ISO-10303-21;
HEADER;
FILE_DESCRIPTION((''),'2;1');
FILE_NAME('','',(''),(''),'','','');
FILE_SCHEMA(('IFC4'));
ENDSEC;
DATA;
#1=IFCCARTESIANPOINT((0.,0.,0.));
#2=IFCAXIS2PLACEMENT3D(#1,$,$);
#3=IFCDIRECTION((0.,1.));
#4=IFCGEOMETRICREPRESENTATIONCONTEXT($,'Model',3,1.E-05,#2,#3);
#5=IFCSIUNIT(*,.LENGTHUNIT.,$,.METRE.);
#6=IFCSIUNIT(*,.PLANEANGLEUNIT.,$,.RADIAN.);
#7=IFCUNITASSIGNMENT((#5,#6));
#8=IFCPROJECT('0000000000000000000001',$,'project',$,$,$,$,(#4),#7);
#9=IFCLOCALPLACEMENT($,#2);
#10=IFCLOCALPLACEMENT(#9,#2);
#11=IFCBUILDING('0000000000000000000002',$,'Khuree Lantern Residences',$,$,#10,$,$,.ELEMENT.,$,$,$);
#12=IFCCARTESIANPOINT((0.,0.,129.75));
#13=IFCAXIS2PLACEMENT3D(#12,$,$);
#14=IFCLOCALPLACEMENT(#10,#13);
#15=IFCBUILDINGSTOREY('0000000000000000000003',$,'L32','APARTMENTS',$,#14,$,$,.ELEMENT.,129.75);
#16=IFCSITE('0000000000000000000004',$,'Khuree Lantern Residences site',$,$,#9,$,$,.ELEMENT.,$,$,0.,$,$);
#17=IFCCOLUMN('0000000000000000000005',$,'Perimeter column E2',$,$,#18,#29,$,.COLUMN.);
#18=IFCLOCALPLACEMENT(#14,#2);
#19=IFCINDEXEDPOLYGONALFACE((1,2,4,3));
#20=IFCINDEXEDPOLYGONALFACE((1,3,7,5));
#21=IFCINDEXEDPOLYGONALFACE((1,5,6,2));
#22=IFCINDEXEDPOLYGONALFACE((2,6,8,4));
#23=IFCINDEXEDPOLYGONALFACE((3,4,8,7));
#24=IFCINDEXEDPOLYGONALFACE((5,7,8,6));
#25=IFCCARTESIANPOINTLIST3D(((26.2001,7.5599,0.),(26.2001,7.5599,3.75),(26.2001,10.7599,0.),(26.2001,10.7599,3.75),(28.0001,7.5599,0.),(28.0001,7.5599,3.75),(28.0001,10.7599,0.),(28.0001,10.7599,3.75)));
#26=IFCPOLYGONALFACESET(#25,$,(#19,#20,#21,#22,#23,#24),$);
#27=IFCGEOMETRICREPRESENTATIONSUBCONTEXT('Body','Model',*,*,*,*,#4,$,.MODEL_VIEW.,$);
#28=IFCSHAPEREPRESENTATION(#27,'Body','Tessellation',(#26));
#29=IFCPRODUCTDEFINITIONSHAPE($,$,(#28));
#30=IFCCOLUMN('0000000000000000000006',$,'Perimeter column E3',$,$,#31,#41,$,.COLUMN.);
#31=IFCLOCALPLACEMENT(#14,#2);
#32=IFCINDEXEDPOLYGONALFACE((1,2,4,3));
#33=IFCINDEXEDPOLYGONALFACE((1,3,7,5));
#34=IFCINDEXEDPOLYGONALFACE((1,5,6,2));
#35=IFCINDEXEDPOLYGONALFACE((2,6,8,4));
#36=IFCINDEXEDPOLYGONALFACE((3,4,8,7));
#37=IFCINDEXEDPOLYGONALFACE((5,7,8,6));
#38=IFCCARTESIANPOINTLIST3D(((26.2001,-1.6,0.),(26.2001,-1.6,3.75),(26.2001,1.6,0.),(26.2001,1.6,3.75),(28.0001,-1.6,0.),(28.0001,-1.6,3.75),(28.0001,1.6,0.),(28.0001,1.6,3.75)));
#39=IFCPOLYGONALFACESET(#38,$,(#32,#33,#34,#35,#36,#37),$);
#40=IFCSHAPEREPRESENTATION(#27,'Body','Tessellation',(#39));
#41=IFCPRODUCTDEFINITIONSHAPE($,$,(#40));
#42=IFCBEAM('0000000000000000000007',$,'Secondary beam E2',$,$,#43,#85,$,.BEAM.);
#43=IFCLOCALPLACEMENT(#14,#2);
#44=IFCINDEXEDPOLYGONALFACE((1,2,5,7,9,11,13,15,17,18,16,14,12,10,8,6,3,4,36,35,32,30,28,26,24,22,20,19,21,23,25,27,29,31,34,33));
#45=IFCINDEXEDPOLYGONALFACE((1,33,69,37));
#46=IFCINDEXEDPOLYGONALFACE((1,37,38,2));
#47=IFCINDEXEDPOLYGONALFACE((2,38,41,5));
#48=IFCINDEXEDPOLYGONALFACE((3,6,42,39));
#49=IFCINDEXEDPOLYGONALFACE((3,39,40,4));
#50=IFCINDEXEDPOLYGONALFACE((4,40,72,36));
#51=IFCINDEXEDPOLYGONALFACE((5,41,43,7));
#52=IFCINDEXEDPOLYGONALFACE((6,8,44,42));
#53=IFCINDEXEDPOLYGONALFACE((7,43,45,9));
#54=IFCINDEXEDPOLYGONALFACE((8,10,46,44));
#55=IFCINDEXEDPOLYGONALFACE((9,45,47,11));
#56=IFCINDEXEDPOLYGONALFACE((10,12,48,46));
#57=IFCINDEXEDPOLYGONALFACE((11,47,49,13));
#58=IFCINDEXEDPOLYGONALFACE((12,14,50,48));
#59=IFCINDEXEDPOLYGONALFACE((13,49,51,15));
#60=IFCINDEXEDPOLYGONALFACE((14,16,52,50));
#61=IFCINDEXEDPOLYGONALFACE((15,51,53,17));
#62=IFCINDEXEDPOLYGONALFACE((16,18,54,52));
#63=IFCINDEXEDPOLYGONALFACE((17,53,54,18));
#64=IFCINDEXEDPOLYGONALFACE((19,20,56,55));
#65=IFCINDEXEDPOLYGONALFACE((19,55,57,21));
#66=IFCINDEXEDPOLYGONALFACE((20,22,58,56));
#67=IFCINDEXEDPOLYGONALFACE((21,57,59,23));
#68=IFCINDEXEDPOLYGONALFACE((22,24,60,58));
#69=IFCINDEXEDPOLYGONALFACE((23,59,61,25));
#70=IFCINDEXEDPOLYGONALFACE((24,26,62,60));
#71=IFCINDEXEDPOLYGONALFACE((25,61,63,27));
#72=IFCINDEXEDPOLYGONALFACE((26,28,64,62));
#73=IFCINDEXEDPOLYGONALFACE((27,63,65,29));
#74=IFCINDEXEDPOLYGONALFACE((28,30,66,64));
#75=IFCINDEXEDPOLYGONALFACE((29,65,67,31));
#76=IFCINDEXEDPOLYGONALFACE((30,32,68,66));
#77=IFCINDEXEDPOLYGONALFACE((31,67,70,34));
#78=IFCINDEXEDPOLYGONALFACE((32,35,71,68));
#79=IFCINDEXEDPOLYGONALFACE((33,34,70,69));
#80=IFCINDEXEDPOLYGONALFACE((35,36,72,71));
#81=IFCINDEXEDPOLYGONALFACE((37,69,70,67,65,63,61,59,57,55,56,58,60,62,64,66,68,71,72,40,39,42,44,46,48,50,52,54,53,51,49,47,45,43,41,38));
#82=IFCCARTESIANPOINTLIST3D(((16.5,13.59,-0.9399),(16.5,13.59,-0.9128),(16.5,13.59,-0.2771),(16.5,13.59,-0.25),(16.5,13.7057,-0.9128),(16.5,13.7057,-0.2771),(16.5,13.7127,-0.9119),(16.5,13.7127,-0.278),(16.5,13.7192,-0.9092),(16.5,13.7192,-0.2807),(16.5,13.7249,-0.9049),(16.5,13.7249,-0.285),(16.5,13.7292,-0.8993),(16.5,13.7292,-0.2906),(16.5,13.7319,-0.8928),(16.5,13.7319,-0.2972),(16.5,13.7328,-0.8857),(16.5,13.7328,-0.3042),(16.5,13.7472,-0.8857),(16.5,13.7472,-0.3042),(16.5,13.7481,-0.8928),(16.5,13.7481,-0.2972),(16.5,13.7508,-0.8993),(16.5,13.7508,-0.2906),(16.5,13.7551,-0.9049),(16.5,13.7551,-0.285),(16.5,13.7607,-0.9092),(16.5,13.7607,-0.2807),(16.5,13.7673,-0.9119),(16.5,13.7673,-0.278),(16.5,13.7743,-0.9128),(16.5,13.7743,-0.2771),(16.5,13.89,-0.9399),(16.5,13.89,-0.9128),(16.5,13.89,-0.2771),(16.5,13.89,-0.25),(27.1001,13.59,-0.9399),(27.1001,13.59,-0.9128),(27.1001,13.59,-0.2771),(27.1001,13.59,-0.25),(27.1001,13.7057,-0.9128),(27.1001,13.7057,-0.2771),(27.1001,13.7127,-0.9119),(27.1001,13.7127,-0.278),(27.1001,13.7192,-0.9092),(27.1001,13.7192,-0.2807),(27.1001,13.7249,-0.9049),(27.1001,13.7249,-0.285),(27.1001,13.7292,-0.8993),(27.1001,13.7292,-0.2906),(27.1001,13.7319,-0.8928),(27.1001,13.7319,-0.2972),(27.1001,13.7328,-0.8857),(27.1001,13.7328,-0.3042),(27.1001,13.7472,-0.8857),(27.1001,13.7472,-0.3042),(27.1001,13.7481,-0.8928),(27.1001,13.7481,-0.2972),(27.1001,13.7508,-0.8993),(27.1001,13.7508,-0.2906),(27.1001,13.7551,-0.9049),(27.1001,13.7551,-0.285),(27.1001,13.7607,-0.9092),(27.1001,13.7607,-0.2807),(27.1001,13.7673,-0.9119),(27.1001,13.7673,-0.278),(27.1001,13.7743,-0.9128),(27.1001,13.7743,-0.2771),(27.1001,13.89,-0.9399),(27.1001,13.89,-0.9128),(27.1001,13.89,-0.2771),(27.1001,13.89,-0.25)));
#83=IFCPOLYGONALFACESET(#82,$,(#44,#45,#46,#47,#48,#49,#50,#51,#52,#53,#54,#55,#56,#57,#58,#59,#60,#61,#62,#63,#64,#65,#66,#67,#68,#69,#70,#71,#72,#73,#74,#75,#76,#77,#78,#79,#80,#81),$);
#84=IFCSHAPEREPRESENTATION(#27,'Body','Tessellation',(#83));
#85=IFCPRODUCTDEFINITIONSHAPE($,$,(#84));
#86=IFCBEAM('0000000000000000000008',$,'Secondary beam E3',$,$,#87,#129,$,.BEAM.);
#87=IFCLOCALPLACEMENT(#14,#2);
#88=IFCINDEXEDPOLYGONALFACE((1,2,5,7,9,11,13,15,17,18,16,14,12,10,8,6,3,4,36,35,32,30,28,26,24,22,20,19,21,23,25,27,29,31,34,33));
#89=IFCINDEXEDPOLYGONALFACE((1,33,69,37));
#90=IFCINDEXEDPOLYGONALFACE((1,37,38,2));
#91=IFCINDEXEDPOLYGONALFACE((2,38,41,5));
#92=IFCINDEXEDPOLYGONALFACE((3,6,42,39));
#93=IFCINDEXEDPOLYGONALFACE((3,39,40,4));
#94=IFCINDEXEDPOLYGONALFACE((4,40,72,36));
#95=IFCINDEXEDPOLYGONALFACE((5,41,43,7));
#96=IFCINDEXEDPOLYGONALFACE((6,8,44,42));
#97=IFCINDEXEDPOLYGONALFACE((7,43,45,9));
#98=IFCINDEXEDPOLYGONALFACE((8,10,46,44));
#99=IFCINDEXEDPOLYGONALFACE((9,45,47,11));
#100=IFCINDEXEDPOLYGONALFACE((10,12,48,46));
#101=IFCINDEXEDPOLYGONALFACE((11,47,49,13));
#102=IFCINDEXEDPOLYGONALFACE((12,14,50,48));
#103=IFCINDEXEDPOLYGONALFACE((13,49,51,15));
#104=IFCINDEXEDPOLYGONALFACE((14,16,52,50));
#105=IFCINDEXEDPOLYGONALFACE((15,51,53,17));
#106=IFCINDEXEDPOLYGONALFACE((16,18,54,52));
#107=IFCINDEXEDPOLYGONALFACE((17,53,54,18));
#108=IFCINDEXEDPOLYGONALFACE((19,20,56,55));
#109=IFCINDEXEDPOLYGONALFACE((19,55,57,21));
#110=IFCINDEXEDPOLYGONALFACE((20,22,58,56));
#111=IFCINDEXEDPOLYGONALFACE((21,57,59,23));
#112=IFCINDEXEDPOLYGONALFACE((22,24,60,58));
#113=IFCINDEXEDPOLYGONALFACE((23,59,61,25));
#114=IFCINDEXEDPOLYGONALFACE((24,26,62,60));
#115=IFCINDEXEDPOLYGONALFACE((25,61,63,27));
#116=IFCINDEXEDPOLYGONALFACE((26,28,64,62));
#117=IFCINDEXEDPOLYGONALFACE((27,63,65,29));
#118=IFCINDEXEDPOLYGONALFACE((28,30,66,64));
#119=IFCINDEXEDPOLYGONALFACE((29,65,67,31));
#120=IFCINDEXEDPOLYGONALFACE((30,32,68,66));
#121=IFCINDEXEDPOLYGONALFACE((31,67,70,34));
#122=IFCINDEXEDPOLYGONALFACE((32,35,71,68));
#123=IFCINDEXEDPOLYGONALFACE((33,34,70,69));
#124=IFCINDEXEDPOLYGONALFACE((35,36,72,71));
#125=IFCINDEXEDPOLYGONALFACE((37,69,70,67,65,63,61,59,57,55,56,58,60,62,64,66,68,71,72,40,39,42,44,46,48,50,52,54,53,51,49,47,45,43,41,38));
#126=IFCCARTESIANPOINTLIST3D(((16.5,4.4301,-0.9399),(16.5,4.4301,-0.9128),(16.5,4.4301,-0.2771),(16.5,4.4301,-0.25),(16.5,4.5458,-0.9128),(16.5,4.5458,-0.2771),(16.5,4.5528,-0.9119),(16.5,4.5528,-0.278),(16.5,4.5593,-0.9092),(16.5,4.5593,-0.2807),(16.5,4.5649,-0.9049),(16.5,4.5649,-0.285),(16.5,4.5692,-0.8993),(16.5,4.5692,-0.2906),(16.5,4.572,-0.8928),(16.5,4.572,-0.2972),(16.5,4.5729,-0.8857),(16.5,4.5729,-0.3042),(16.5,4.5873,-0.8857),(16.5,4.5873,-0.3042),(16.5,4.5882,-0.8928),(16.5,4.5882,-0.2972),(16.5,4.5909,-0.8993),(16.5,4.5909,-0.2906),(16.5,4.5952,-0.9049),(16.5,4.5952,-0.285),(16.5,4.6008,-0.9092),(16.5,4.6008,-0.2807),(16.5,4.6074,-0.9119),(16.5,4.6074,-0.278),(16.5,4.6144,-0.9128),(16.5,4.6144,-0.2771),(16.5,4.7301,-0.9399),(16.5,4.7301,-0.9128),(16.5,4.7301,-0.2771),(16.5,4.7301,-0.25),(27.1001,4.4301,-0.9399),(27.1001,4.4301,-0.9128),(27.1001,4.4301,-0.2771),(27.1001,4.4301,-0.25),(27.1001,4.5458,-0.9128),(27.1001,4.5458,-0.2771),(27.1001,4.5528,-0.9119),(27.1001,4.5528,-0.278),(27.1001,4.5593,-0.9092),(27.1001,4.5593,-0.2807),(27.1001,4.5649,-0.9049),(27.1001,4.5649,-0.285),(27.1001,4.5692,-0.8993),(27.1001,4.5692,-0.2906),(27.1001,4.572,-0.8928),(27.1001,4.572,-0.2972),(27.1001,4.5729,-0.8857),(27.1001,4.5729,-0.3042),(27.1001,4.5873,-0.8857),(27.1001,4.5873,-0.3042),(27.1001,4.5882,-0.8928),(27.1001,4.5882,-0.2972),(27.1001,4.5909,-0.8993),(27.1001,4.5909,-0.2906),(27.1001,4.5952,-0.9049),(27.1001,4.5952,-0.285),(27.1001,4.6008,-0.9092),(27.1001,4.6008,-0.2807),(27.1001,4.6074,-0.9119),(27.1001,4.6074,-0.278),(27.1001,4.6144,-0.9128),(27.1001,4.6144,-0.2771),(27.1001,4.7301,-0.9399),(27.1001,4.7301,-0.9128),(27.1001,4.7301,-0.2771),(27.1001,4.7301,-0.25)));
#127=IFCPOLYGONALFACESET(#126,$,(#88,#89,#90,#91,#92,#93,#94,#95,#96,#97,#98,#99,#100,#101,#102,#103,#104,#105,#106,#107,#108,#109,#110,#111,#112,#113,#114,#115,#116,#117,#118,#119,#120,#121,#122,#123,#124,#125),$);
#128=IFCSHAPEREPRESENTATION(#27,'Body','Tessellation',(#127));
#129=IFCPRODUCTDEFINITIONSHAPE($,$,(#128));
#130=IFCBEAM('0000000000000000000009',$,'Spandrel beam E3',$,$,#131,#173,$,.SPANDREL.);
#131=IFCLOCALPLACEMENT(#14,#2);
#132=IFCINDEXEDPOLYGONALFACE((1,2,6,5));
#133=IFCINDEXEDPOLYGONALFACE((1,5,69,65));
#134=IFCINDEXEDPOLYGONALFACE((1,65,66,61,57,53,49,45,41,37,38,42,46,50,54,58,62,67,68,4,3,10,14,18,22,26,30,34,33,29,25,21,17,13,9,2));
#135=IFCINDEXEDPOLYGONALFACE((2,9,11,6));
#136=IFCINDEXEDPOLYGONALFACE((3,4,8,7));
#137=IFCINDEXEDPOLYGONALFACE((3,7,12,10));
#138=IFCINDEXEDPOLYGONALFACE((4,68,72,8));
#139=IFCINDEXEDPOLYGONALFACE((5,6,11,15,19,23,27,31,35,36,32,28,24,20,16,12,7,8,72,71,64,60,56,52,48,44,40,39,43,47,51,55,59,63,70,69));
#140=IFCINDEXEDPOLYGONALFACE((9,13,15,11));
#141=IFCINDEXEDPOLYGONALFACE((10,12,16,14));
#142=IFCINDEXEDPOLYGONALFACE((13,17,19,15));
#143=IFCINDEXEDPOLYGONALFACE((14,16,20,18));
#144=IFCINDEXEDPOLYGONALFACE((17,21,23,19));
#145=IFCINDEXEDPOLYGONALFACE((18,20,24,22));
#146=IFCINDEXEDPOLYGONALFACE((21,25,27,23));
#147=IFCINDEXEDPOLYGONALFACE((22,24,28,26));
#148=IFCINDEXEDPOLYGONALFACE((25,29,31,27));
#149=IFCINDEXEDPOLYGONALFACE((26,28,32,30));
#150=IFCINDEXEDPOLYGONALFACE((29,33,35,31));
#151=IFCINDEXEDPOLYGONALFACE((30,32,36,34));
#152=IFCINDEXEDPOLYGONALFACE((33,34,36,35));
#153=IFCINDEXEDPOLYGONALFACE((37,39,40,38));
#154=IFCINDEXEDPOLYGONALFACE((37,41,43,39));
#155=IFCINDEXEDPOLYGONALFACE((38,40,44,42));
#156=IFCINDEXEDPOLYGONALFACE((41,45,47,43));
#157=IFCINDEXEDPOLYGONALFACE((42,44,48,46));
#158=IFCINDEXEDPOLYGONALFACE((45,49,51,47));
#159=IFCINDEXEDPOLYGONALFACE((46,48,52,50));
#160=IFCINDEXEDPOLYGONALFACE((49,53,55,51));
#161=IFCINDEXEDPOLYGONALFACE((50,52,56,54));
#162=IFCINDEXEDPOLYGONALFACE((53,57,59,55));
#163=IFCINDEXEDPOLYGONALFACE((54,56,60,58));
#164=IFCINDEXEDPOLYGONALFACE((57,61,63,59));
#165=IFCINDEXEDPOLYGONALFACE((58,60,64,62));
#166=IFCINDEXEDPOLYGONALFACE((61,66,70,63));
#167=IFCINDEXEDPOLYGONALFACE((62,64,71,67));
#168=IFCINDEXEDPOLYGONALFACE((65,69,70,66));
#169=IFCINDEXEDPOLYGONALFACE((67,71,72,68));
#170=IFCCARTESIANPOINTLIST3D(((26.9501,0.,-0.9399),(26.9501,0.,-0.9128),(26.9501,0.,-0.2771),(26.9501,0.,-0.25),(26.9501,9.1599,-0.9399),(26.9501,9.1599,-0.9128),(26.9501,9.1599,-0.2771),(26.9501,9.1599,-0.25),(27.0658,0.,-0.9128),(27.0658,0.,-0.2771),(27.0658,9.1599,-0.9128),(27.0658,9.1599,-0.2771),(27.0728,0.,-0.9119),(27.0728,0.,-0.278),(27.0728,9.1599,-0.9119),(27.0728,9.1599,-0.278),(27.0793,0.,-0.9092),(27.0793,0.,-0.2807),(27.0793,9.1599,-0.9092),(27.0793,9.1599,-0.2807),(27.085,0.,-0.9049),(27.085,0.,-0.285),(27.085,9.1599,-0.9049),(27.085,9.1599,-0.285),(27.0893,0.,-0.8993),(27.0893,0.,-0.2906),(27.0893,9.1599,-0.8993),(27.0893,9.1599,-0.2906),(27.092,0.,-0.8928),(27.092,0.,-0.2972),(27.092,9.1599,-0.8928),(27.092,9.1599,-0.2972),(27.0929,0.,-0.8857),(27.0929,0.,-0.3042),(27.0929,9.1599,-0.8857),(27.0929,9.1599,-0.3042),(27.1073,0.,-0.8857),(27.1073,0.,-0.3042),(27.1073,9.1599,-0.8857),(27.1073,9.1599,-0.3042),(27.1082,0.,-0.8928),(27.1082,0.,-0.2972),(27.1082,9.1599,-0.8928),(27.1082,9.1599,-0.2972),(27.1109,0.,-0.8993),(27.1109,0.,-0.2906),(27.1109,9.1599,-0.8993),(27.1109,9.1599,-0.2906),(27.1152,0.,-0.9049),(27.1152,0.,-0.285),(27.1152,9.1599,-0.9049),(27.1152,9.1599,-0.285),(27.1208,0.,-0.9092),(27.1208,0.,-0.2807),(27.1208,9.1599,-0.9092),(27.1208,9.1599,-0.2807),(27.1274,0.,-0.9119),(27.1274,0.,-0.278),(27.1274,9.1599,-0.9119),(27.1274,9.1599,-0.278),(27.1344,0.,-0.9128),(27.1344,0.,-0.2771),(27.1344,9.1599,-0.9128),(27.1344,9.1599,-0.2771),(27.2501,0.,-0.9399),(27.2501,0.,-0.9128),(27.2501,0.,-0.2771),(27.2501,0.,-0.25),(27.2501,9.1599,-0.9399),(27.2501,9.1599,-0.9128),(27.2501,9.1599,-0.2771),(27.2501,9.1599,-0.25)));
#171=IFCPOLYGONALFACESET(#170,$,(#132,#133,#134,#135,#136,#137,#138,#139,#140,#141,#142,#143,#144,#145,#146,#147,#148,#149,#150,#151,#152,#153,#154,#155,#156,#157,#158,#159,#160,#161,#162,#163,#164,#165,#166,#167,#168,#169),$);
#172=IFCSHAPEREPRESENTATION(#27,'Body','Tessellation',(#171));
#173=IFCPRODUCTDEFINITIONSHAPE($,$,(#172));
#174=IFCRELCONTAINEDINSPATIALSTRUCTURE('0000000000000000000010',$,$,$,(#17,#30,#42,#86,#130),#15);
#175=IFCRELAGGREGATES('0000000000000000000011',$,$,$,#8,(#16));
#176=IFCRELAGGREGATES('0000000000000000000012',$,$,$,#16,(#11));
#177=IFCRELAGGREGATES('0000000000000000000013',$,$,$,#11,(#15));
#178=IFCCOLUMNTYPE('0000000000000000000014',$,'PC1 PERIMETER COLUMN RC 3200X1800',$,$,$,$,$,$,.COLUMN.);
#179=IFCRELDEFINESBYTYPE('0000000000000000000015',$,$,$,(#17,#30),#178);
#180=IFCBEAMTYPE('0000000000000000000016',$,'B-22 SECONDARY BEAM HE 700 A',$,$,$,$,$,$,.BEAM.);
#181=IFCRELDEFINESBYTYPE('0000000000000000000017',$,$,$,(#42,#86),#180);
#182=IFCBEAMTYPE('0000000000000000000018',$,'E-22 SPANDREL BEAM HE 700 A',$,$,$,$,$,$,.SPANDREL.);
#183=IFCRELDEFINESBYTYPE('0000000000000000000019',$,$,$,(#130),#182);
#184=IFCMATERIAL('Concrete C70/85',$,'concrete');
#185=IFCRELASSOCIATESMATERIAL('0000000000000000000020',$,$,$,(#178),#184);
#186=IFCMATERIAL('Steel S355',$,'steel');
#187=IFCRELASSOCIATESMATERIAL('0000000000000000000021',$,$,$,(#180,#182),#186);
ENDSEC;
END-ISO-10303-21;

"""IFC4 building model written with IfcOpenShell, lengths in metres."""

from ifc_helpers import new_model, si_unit, direction, frame, origin, origin_2d, place, context, subcontext, project, spatial, rectangle, i_section, extrude, material, material_profile, profile_set, type_object, element, save


model = new_model("IFC4")

# Units and contexts
model_context = context("Model", 3, precision=1e-05, world=origin(), true_north=direction((0.0, 1.0)))
body_context = subcontext(model_context, "Body", "Model", "MODEL_VIEW")
ifc_project = project(units=[si_unit("LENGTHUNIT", "METRE"), si_unit("PLANEANGLEUNIT", "RADIAN")], contexts=[model_context])

# Site, building, storey
site_placement = place(None, origin())
site = spatial("IfcSite", under=ifc_project, at=site_placement, Name="Khuree Lantern Residences site", CompositionType="ELEMENT", RefElevation=0.0)
building_placement = place(site_placement, origin())
building = spatial("IfcBuilding", under=site, at=building_placement, Name="Khuree Lantern Residences", CompositionType="ELEMENT")
storey_placement = place(building_placement, frame((0.0, 0.0, 129.75)))
storey = spatial("IfcBuildingStorey", under=building, at=storey_placement, Name="L32", Description="APARTMENTS", CompositionType="ELEMENT", Elevation=129.75)

# Columns
ifc_material_1 = material(Name="Concrete C70/85", Category="concrete")
ifc_material_profile_1 = material_profile(ifc_material_1, rectangle(XDim=3.2, YDim=1.8, at=origin_2d()), Name="RC 3200X1800")
ifc_profile_set_1 = profile_set([ifc_material_profile_1], Name="Concrete C70/85")
column_type = type_object("IfcColumnType", Name="PC1 PERIMETER COLUMN RC 3200X1800", PredefinedType="COLUMN", material=ifc_profile_set_1)
for number, where, z_axis, x_axis, name in (
    (1, (27.1001, 9.1599, 0.0), (0.0, 0.0, 1.0), (0.0, 1.0, 0.0), "Perimeter column E2"),
    (2, (27.1001, 0.0, 0.0), (0.0, 0.0, 1.0), (0.0, 1.0, 0.0), "Perimeter column E3"),
):
    element("IfcColumn", number, at=place(storey_placement, frame(where, z_axis=z_axis, x_axis=x_axis)), inside=storey, type_object=column_type, Name=name, PredefinedType="COLUMN", context=body_context, shape_type="SweptSolid", body=[
        extrude(rectangle(XDim=3.2, YDim=1.8, at=origin_2d()), origin(), (0.0, 0.0, 1.0), 3.75),
    ])

# Beams
ifc_material_2 = material(Name="Steel S355", Category="steel")
ifc_material_profile_2 = material_profile(ifc_material_2, i_section(OverallWidth=0.3, OverallDepth=0.6899, WebThickness=0.0144, FlangeThickness=0.0271, FilletRadius=0.0271, at=origin_2d()), Name="HE 700 A")
ifc_profile_set_2 = profile_set([ifc_material_profile_2], Name="Steel S355")
beam_type_1 = type_object("IfcBeamType", Name="B-22 SECONDARY BEAM HE 700 A", PredefinedType="BEAM", material=ifc_profile_set_2)
for number, where, z_axis, x_axis, name in (
    (3, (27.1001, 13.74, -0.595), (-1.0, 0.0, 0.0), (0.0, -1.0, 0.0), "Secondary beam E2"),
    (4, (27.1001, 4.5801, -0.595), (-1.0, 0.0, 0.0), (0.0, -1.0, 0.0), "Secondary beam E3"),
):
    element("IfcBeam", number, at=place(storey_placement, frame(where, z_axis=z_axis, x_axis=x_axis)), inside=storey, type_object=beam_type_1, Name=name, PredefinedType="BEAM", context=body_context, shape_type="SweptSolid", body=[
        extrude(i_section(OverallWidth=0.3, OverallDepth=0.6899, WebThickness=0.0144, FlangeThickness=0.0271, FilletRadius=0.0271, at=origin_2d()), origin(), (0.0, 0.0, 1.0), 10.6001),
    ])
ifc_material_profile_3 = material_profile(ifc_material_2, i_section(OverallWidth=0.3, OverallDepth=0.6899, WebThickness=0.0144, FlangeThickness=0.0271, FilletRadius=0.0271, at=origin_2d()), Name="HE 700 A")
ifc_profile_set_3 = profile_set([ifc_material_profile_3], Name="Steel S355")
beam_type_2 = type_object("IfcBeamType", Name="E-22 SPANDREL BEAM HE 700 A", PredefinedType="SPANDREL", material=ifc_profile_set_3)
for number, where, z_axis, x_axis, name in (
    (5, (27.1001, 9.1599, -0.595), (0.0, -1.0, 0.0), (1.0, 0.0, 0.0), "Spandrel beam E3"),
):
    element("IfcBeam", number, at=place(storey_placement, frame(where, z_axis=z_axis, x_axis=x_axis)), inside=storey, type_object=beam_type_2, Name=name, PredefinedType="SPANDREL", context=body_context, shape_type="SweptSolid", body=[
        extrude(i_section(OverallWidth=0.3, OverallDepth=0.6899, WebThickness=0.0144, FlangeThickness=0.0271, FilletRadius=0.0271, at=origin_2d()), origin(), (0.0, 0.0, 1.0), 9.1599),
    ])

save(model, "model.ifc")
